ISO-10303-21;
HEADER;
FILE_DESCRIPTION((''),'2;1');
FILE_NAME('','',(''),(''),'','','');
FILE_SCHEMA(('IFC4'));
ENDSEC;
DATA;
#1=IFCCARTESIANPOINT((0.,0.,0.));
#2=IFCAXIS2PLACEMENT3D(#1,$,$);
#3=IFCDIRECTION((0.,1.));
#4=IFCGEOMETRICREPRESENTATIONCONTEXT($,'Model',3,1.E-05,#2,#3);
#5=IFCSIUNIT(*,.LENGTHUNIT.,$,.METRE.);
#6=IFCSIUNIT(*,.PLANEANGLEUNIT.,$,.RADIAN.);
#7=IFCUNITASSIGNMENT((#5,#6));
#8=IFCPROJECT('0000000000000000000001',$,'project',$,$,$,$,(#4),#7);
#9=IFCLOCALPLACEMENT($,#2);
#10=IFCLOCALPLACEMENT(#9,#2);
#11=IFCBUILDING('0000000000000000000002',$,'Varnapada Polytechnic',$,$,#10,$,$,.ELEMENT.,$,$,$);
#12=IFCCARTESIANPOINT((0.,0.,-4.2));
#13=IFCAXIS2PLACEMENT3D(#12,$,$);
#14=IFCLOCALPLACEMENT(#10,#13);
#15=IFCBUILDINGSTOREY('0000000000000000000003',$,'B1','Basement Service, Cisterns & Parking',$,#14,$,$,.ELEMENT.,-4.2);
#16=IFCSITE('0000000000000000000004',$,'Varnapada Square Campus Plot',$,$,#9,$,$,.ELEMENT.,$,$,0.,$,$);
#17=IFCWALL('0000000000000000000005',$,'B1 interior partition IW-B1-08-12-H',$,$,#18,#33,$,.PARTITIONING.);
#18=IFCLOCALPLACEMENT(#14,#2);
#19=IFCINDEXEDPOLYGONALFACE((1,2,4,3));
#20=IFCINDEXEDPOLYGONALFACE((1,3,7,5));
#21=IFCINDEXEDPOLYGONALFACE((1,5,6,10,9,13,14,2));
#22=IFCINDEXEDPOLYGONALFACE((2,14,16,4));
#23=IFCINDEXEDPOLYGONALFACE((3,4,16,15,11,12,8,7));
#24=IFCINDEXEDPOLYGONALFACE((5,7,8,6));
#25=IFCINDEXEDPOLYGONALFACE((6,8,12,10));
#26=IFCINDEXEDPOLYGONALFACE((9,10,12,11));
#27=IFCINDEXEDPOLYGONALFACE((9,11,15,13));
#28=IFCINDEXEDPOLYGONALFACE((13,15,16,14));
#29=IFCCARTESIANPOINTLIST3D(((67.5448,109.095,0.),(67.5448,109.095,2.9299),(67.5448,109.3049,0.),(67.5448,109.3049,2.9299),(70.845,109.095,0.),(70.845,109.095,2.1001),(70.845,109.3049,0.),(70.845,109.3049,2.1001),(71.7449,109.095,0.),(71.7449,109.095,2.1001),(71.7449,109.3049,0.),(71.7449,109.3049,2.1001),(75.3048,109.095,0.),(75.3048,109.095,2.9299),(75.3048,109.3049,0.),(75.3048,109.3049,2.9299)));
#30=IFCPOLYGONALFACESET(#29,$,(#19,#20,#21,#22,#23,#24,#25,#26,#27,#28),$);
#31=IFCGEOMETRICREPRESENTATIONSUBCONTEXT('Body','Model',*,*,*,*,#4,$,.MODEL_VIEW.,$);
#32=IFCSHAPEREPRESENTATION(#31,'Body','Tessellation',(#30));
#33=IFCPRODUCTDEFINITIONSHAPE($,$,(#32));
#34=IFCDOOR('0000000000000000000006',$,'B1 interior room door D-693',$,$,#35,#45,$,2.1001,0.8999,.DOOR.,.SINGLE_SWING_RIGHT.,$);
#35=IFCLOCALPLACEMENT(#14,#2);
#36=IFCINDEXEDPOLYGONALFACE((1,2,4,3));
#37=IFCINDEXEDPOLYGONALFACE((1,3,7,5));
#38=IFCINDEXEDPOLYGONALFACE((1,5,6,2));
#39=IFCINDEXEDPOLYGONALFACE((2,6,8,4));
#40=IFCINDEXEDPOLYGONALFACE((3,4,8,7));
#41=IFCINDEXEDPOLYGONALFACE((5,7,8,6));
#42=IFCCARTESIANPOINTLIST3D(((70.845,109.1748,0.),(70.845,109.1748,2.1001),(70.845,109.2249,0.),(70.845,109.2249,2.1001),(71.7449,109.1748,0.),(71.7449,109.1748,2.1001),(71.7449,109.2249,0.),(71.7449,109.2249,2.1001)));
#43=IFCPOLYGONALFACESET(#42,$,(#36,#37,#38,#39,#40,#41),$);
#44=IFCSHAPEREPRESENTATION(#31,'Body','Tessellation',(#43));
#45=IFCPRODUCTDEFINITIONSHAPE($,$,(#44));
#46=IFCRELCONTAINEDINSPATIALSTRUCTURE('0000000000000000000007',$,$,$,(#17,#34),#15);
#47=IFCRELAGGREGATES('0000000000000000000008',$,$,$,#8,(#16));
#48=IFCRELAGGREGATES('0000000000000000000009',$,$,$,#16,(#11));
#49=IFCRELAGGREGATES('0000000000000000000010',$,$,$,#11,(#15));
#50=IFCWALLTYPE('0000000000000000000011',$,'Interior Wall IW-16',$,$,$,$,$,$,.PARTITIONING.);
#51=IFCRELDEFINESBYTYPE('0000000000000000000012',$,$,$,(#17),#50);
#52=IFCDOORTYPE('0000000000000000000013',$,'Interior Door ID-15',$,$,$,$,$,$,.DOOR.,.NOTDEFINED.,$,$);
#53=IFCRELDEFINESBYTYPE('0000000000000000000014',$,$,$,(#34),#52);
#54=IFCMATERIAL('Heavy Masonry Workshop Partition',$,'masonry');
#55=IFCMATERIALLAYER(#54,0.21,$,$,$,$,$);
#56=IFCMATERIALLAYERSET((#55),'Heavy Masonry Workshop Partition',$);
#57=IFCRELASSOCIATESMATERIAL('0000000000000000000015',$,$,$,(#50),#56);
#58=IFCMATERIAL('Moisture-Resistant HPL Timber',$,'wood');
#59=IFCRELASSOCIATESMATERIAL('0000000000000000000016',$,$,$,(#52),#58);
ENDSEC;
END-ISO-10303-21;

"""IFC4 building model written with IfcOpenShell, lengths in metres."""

from ifc_helpers import new_model, si_unit, direction, frame, frame_2d, origin, place, context, subcontext, project, spatial, rectangle, extrude, material, layer, layer_set, type_object, element, fill, save


model = new_model("IFC4")

# Units and contexts
model_context = context("Model", 3, precision=1e-05, world=origin(), true_north=direction((0.0, 1.0)))
body_context = subcontext(model_context, "Body", "Model", "MODEL_VIEW")
ifc_project = project(units=[si_unit("LENGTHUNIT", "METRE"), si_unit("PLANEANGLEUNIT", "RADIAN")], contexts=[model_context])

# Site, building, storey
site_placement = place(None, origin())
site = spatial("IfcSite", under=ifc_project, at=site_placement, Name="Varnapada Square Campus Plot", CompositionType="ELEMENT", RefElevation=0.0)
building_placement = place(site_placement, origin())
building = spatial("IfcBuilding", under=site, at=building_placement, Name="Varnapada Polytechnic", CompositionType="ELEMENT")
storey_placement = place(building_placement, frame((0.0, 0.0, -4.2)))
storey = spatial("IfcBuildingStorey", under=building, at=storey_placement, Name="B1", Description="Basement Service, Cisterns & Parking", CompositionType="ELEMENT", Elevation=-4.2)

# Wall, opening, door
ifc_material_1 = material(Name="Heavy Masonry Workshop Partition", Category="masonry")
ifc_layer_1 = layer(ifc_material_1, 0.21)
ifc_layer_set_1 = layer_set([ifc_layer_1], Name="Heavy Masonry Workshop Partition")
wall_type_1 = type_object("IfcWallType", Name="Interior Wall IW-16", PredefinedType="PARTITIONING", material=ifc_layer_set_1)
wall_1_placement = place(storey_placement, frame((67.5449, 109.2, 0.0), z_axis=(0.0, 0.0, 1.0), x_axis=(1.0, 0.0, 0.0)))
wall_1 = element("IfcWall", 1, at=wall_1_placement, inside=storey, type_object=wall_type_1, Name="B1 interior partition IW-B1-08-12-H", PredefinedType="PARTITIONING", context=body_context, shape_type="SweptSolid", body=[
    extrude(rectangle(XDim=7.76, YDim=0.21, at=frame_2d((3.8799, 0.0))), origin(), (0.0, 0.0, 1.0), 2.9299),
])
opening_1_placement = place(wall_1_placement, frame((3.3, 0.0, 0.0)))
opening_1 = element("IfcOpeningElement", 2, at=opening_1_placement, cuts=wall_1, PredefinedType="OPENING", context=body_context, shape_type="SweptSolid", body=[
    extrude(rectangle(XDim=0.8999, YDim=2.1001, at=frame_2d((0.45, 1.05))), frame((0.0, 0.115, 0.0), z_axis=(0.0, -1.0, 0.0), x_axis=(1.0, 0.0, 0.0)), (0.0, 0.0, 1.0), 0.23),
])
ifc_material_2 = material(Name="Moisture-Resistant HPL Timber", Category="wood")
door_type_1 = type_object("IfcDoorType", Name="Interior Door ID-15", OperationType="NOTDEFINED", PredefinedType="DOOR", material=ifc_material_2)
door_1_placement = place(opening_1_placement, origin())
door_1 = element("IfcDoor", 3, at=door_1_placement, inside=storey, type_object=door_type_1, Name="B1 interior room door D-693", OperationType="SINGLE_SWING_RIGHT", OverallHeight=2.1001, OverallWidth=0.8999, PredefinedType="DOOR", context=body_context, shape_type="SweptSolid", body=[
    extrude(rectangle(XDim=0.8999, YDim=2.1001, at=frame_2d((0.45, 1.05))), frame((0.0, 0.0249, 0.0), z_axis=(0.0, -1.0, 0.0), x_axis=(1.0, 0.0, 0.0)), (0.0, 0.0, 1.0), 0.05),
])
fill(opening_1, door_1)

save(model, "model.ifc")
